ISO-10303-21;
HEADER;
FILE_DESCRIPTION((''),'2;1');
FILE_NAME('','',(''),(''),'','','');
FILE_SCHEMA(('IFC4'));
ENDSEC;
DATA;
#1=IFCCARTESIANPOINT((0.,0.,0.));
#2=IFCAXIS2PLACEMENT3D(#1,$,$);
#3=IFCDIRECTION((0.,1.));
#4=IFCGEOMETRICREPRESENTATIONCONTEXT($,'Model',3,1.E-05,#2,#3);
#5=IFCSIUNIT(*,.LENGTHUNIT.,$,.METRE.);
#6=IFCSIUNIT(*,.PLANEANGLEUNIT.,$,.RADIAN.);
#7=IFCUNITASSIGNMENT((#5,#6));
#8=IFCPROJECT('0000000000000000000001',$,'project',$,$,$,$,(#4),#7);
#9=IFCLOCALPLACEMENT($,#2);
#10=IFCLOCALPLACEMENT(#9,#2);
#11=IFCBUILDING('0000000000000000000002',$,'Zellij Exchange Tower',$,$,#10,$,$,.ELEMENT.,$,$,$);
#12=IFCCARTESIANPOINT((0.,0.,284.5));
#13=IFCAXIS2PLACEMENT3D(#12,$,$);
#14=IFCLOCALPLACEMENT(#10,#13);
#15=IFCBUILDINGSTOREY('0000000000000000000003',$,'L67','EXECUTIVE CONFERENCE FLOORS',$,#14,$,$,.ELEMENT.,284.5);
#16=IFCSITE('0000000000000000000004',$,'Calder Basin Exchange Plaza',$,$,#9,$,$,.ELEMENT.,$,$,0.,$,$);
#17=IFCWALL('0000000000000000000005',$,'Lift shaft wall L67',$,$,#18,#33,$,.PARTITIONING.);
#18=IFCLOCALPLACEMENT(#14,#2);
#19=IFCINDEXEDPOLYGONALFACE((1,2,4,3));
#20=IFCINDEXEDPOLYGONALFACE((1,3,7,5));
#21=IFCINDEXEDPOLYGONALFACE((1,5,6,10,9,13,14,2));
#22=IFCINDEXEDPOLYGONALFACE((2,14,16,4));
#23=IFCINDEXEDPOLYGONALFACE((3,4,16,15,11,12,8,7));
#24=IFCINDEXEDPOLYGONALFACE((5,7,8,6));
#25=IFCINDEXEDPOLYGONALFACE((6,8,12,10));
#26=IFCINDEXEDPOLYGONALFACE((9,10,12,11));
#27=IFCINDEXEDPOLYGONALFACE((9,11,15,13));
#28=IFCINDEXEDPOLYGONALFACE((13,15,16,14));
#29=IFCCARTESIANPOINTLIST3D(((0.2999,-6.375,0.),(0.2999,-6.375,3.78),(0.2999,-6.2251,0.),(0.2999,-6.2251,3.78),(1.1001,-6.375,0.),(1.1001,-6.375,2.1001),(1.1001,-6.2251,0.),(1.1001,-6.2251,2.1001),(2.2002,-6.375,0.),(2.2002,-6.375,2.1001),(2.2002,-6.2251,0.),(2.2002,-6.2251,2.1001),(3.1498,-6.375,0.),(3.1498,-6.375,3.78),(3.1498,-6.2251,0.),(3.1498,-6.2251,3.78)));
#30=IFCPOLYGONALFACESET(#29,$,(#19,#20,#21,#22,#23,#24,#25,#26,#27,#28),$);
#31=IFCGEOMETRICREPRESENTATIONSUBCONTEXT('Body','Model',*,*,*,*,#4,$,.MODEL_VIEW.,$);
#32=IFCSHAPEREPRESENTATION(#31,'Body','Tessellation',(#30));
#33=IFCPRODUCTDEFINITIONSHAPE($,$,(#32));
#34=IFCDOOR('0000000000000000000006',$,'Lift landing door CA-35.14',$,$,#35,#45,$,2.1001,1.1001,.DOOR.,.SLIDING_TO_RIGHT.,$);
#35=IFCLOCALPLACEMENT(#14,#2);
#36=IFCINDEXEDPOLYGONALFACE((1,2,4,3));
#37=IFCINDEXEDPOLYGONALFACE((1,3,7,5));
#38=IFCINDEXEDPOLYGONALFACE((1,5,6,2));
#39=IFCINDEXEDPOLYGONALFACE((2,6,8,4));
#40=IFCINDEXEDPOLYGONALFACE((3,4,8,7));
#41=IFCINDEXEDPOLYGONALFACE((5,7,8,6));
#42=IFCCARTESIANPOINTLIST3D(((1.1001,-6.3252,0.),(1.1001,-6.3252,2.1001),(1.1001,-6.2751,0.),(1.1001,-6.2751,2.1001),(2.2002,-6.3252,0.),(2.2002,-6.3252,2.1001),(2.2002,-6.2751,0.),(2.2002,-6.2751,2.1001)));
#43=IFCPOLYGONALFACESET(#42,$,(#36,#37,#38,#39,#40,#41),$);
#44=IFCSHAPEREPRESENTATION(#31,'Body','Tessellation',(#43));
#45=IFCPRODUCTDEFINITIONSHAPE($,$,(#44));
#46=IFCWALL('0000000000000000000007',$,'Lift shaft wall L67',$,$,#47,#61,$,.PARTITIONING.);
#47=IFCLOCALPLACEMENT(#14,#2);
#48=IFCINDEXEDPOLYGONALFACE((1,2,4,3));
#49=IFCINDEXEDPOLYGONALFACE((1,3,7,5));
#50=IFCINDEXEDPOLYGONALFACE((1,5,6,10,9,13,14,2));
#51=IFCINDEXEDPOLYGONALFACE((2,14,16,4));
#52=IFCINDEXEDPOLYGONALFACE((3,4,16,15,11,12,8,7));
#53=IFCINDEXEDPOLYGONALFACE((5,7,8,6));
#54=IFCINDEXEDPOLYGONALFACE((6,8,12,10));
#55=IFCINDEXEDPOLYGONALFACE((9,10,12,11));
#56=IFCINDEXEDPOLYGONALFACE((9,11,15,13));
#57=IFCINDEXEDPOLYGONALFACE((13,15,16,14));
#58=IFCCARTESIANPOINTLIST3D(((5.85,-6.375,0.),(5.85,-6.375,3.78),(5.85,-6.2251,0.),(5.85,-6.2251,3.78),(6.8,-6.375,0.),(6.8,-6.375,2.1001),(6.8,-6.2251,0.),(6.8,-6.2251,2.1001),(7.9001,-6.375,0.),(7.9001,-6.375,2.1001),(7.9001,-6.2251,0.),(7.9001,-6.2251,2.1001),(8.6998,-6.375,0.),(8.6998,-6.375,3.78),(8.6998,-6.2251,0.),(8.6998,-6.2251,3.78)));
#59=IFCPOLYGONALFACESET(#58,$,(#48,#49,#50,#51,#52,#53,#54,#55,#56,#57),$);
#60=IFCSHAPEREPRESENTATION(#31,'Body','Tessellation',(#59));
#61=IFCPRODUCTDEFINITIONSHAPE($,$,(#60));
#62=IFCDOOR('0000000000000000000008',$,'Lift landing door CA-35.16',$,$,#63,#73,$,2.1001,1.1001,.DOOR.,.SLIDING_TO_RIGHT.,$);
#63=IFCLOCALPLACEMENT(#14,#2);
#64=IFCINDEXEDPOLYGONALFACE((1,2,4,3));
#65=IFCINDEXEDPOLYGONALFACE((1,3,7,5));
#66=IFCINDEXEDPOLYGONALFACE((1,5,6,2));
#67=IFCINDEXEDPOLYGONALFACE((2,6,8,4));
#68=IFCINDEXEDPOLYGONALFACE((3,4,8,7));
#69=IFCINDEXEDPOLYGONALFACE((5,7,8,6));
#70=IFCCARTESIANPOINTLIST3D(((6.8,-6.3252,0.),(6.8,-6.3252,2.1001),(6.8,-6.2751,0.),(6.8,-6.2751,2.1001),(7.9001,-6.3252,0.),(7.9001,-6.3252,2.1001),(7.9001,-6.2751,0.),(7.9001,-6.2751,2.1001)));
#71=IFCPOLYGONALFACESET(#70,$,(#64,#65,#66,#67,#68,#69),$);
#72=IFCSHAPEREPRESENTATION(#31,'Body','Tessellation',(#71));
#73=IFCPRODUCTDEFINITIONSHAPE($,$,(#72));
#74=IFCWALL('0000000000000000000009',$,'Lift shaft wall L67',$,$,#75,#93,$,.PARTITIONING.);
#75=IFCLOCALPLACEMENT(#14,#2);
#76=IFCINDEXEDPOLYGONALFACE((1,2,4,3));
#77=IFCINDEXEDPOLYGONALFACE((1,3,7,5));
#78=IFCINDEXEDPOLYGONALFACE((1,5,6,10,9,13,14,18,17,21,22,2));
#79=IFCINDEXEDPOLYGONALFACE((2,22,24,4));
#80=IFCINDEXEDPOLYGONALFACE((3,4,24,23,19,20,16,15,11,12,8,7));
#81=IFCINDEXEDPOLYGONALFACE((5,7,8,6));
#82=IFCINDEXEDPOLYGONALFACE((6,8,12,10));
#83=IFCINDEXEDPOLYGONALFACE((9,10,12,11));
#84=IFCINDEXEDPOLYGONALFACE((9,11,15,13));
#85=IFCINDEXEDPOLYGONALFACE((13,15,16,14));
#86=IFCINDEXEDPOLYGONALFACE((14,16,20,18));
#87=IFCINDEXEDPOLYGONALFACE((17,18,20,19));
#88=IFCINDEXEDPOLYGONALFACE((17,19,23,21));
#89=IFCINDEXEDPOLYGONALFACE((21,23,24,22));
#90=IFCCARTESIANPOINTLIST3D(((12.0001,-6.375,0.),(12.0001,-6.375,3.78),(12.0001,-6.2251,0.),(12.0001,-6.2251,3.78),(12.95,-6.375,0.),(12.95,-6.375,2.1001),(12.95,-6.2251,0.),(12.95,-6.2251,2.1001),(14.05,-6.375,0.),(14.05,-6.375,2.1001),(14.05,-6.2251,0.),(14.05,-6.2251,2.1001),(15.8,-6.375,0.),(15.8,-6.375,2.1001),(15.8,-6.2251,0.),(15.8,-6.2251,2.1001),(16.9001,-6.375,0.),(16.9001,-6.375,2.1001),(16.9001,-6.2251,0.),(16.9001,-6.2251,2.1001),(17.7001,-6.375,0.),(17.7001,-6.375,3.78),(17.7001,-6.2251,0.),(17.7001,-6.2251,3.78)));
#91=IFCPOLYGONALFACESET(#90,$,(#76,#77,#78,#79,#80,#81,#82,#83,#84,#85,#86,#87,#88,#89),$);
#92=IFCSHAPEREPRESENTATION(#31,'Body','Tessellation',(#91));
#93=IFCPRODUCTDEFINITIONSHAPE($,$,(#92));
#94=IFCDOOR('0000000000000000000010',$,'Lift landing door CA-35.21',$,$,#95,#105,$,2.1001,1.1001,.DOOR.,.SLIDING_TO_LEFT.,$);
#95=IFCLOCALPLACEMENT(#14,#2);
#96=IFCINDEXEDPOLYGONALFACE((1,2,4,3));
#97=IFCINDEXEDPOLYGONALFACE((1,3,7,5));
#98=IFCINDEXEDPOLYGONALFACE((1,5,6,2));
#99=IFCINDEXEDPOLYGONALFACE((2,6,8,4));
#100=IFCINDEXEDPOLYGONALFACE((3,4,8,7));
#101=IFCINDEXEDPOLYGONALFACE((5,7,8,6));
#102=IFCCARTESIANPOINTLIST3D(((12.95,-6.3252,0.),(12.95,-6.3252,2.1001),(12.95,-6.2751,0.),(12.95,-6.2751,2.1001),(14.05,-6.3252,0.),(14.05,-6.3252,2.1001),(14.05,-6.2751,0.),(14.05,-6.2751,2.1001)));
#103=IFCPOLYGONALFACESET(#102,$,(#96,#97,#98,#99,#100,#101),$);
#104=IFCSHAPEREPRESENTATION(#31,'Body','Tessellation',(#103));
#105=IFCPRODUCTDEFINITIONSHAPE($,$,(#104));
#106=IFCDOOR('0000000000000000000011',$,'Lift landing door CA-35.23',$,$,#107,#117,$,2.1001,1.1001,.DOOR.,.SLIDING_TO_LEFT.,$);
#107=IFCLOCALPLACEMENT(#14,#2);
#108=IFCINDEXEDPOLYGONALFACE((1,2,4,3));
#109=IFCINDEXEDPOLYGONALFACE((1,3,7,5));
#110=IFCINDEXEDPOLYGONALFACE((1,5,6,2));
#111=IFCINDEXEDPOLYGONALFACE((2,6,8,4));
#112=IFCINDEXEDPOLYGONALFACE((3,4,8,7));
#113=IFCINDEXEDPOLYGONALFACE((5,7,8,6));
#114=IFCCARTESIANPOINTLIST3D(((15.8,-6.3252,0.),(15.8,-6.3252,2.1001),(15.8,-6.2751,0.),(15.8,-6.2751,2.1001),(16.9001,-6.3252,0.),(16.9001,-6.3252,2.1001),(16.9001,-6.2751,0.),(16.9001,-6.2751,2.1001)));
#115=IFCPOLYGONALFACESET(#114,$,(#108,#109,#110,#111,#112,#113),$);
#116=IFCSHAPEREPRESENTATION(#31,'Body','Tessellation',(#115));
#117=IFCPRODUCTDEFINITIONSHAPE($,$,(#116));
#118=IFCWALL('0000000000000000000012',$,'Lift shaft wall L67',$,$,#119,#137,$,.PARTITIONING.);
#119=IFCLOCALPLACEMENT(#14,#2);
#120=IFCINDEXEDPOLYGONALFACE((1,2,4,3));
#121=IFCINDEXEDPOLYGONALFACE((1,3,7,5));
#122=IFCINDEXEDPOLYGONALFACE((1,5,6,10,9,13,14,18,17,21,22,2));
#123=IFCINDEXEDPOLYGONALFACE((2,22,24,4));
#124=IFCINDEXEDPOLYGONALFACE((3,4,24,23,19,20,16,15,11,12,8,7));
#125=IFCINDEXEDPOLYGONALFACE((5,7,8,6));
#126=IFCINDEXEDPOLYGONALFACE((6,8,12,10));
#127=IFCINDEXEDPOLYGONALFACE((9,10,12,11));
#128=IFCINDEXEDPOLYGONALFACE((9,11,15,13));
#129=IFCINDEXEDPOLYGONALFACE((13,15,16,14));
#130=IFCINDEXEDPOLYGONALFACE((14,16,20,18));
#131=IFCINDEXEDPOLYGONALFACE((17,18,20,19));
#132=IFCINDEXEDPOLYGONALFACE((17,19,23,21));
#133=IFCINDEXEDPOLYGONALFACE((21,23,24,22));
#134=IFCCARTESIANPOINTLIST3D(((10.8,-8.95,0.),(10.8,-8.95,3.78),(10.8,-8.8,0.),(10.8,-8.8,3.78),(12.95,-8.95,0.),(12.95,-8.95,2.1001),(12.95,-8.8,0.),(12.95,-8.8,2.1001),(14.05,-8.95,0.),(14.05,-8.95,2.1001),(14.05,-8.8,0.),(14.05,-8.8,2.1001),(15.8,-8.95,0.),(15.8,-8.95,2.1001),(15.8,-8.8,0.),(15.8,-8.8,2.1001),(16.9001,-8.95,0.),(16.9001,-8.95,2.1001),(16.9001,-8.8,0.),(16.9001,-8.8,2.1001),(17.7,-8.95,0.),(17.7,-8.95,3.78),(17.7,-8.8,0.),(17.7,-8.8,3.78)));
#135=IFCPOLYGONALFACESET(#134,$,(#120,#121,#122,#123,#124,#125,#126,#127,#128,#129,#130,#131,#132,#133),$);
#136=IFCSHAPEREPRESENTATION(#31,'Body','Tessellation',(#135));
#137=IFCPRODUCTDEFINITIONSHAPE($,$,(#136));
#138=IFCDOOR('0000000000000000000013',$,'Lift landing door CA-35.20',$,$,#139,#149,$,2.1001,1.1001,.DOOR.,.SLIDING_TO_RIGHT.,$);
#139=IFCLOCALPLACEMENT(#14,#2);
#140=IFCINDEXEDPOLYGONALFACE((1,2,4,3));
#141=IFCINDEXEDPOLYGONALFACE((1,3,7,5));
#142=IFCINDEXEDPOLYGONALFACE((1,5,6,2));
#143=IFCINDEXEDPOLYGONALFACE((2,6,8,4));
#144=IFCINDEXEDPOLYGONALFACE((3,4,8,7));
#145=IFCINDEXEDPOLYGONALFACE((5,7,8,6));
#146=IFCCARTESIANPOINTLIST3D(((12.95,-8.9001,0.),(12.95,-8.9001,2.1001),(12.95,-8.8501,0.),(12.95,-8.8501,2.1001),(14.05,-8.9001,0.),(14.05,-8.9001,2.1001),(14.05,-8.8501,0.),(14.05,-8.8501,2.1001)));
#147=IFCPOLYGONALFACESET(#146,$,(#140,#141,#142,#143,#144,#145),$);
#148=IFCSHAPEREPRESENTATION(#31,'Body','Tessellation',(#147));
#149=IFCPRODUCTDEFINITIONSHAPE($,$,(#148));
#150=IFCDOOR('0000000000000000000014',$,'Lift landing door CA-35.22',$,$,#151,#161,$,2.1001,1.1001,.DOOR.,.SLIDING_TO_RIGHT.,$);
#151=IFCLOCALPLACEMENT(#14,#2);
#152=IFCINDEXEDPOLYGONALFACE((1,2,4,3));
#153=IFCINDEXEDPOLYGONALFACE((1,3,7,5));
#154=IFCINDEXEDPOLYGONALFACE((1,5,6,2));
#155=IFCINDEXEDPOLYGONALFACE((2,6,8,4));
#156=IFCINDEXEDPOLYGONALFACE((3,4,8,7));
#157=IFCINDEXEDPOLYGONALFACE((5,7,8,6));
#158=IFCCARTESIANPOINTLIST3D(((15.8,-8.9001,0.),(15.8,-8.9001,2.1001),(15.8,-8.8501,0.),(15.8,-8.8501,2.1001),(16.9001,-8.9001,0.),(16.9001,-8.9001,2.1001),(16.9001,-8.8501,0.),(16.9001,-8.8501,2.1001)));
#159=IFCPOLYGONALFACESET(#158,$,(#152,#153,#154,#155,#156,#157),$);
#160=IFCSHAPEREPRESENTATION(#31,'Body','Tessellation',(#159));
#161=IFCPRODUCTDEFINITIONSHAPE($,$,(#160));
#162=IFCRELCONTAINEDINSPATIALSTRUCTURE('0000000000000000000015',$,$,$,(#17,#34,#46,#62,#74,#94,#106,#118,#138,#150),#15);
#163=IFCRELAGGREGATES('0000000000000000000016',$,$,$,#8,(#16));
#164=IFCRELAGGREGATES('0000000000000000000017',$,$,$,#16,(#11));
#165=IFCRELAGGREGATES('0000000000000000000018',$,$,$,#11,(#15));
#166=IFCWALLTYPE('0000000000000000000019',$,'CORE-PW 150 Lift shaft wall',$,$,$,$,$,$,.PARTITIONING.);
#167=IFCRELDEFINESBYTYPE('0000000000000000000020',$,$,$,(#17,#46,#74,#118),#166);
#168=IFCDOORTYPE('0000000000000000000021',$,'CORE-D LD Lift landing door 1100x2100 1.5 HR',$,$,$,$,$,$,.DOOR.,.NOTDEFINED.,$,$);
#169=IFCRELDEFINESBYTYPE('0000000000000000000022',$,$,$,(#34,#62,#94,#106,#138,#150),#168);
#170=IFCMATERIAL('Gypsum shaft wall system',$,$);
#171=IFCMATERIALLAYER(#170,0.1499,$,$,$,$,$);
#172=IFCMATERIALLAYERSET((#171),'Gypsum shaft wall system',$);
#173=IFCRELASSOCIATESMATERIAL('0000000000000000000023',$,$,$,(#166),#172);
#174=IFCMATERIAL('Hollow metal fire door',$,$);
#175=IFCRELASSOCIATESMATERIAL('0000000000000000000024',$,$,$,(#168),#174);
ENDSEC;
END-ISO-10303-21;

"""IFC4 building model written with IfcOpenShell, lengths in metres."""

from ifc_helpers import new_model, si_unit, direction, frame, frame_2d, origin, place, context, subcontext, project, spatial, rectangle, extrude, material, layer, layer_set, type_object, element, fill, save


model = new_model("IFC4")

# Units and contexts
model_context = context("Model", 3, precision=1e-05, world=origin(), true_north=direction((0.0, 1.0)))
body_context = subcontext(model_context, "Body", "Model", "MODEL_VIEW")
ifc_project = project(units=[si_unit("LENGTHUNIT", "METRE"), si_unit("PLANEANGLEUNIT", "RADIAN")], contexts=[model_context])

# Site, building, storey
site_placement = place(None, origin())
site = spatial("IfcSite", under=ifc_project, at=site_placement, Name="Calder Basin Exchange Plaza", CompositionType="ELEMENT", RefElevation=0.0)
building_placement = place(site_placement, origin())
building = spatial("IfcBuilding", under=site, at=building_placement, Name="Zellij Exchange Tower", CompositionType="ELEMENT")
storey_placement = place(building_placement, frame((0.0, 0.0, 284.5)))
storey = spatial("IfcBuildingStorey", under=building, at=storey_placement, Name="L67", Description="EXECUTIVE CONFERENCE FLOORS", CompositionType="ELEMENT", Elevation=284.5)

# Shared definitions
ifc_material_1 = material(Name="Gypsum shaft wall system")
ifc_material_2 = material(Name="Hollow metal fire door")

# Shared definitions
ifc_layer_1 = layer(ifc_material_1, 0.1499)
ifc_layer_set_1 = layer_set([ifc_layer_1], Name="Gypsum shaft wall system")
wall_type_1 = type_object("IfcWallType", Name="CORE-PW 150 Lift shaft wall", PredefinedType="PARTITIONING", material=ifc_layer_set_1)

# Walls, openings, doors
wall_1_placement = place(storey_placement, frame((0.3, -6.3, 0.0), z_axis=(0.0, 0.0, 1.0), x_axis=(1.0, 0.0, 0.0)))
wall_1 = element("IfcWall", 1, at=wall_1_placement, inside=storey, type_object=wall_type_1, Name="Lift shaft wall L67", PredefinedType="PARTITIONING", context=body_context, shape_type="SweptSolid", body=[
    extrude(rectangle(XDim=2.8499, YDim=0.1499, at=frame_2d((1.4248, 0.0))), origin(), (0.0, 0.0, 1.0), 3.78),
])
opening_1_placement = place(wall_1_placement, frame((0.8, 0.0, 0.0)))
opening_1 = element("IfcOpeningElement", 2, at=opening_1_placement, cuts=wall_1, PredefinedType="OPENING", context=body_context, shape_type="SweptSolid", body=[
    extrude(rectangle(XDim=1.1001, YDim=2.1001, at=frame_2d((0.55, 1.05))), frame((0.0, 0.0869, 0.0), z_axis=(0.0, -1.0, 0.0), x_axis=(1.0, 0.0, 0.0)), (0.0, 0.0, 1.0), 0.1738),
])
door_type_1 = type_object("IfcDoorType", Name="CORE-D LD Lift landing door 1100x2100 1.5 HR", OperationType="NOTDEFINED", PredefinedType="DOOR", material=ifc_material_2)
door_1_placement = place(opening_1_placement, origin())
door_1 = element("IfcDoor", 3, at=door_1_placement, inside=storey, type_object=door_type_1, Name="Lift landing door CA-35.14", OperationType="SLIDING_TO_RIGHT", OverallHeight=2.1001, OverallWidth=1.1001, PredefinedType="DOOR", context=body_context, shape_type="SweptSolid", body=[
    extrude(rectangle(XDim=1.1001, YDim=2.1001, at=frame_2d((0.55, 1.05))), frame((0.0, 0.0249, 0.0), z_axis=(0.0, -1.0, 0.0), x_axis=(1.0, 0.0, 0.0)), (0.0, 0.0, 1.0), 0.05),
])
fill(opening_1, door_1)
wall_2_placement = place(storey_placement, frame((5.8501, -6.3, 0.0), z_axis=(0.0, 0.0, 1.0), x_axis=(1.0, 0.0, 0.0)))
wall_2 = element("IfcWall", 4, at=wall_2_placement, inside=storey, type_object=wall_type_1, Name="Lift shaft wall L67", PredefinedType="PARTITIONING", context=body_context, shape_type="SweptSolid", body=[
    extrude(rectangle(XDim=2.8499, YDim=0.1499, at=frame_2d((1.4248, 0.0))), origin(), (0.0, 0.0, 1.0), 3.78),
])
opening_2_placement = place(wall_2_placement, frame((0.95, 0.0, 0.0)))
opening_2 = element("IfcOpeningElement", 5, at=opening_2_placement, cuts=wall_2, PredefinedType="OPENING", context=body_context, shape_type="SweptSolid", body=[
    extrude(rectangle(XDim=1.1001, YDim=2.1001, at=frame_2d((0.55, 1.05))), frame((0.0, 0.0869, 0.0), z_axis=(0.0, -1.0, 0.0), x_axis=(1.0, 0.0, 0.0)), (0.0, 0.0, 1.0), 0.1738),
])
door_2_placement = place(opening_2_placement, origin())
door_2 = element("IfcDoor", 6, at=door_2_placement, inside=storey, type_object=door_type_1, Name="Lift landing door CA-35.16", OperationType="SLIDING_TO_RIGHT", OverallHeight=2.1001, OverallWidth=1.1001, PredefinedType="DOOR", context=body_context, shape_type="SweptSolid", body=[
    extrude(rectangle(XDim=1.1001, YDim=2.1001, at=frame_2d((0.55, 1.05))), frame((0.0, 0.0249, 0.0), z_axis=(0.0, -1.0, 0.0), x_axis=(1.0, 0.0, 0.0)), (0.0, 0.0, 1.0), 0.05),
])
fill(opening_2, door_2)

# Walls, openings, doors
wall_3_placement = place(storey_placement, frame((12.0, -6.3, 0.0), z_axis=(0.0, 0.0, 1.0), x_axis=(1.0, 0.0, 0.0)))
wall_3 = element("IfcWall", 7, at=wall_3_placement, inside=storey, type_object=wall_type_1, Name="Lift shaft wall L67", PredefinedType="PARTITIONING", context=body_context, shape_type="SweptSolid", body=[
    extrude(rectangle(XDim=5.7, YDim=0.1499, at=frame_2d((2.8501, 0.0))), origin(), (0.0, 0.0, 1.0), 3.78),
])
opening_3_placement = place(wall_3_placement, frame((0.95, 0.0, 0.0)))
opening_3 = element("IfcOpeningElement", 8, at=opening_3_placement, cuts=wall_3, PredefinedType="OPENING", context=body_context, shape_type="SweptSolid", body=[
    extrude(rectangle(XDim=1.1001, YDim=2.1001, at=frame_2d((0.55, 1.05))), frame((0.0, 0.0869, 0.0), z_axis=(0.0, -1.0, 0.0), x_axis=(1.0, 0.0, 0.0)), (0.0, 0.0, 1.0), 0.1738),
])
opening_4_placement = place(wall_3_placement, frame((3.8, 0.0, 0.0)))
opening_4 = element("IfcOpeningElement", 9, at=opening_4_placement, cuts=wall_3, PredefinedType="OPENING", context=body_context, shape_type="SweptSolid", body=[
    extrude(rectangle(XDim=1.1001, YDim=2.1001, at=frame_2d((0.55, 1.05))), frame((0.0, 0.0869, 0.0), z_axis=(0.0, -1.0, 0.0), x_axis=(1.0, 0.0, 0.0)), (0.0, 0.0, 1.0), 0.1738),
])
door_3_placement = place(opening_3_placement, origin())
door_3 = element("IfcDoor", 10, at=door_3_placement, inside=storey, type_object=door_type_1, Name="Lift landing door CA-35.21", OperationType="SLIDING_TO_LEFT", OverallHeight=2.1001, OverallWidth=1.1001, PredefinedType="DOOR", context=body_context, shape_type="SweptSolid", body=[
    extrude(rectangle(XDim=1.1001, YDim=2.1001, at=frame_2d((0.55, 1.05))), frame((0.0, 0.0249, 0.0), z_axis=(0.0, -1.0, 0.0), x_axis=(1.0, 0.0, 0.0)), (0.0, 0.0, 1.0), 0.05),
])
fill(opening_3, door_3)
door_4_placement = place(opening_4_placement, origin())
door_4 = element("IfcDoor", 11, at=door_4_placement, inside=storey, type_object=door_type_1, Name="Lift landing door CA-35.23", OperationType="SLIDING_TO_LEFT", OverallHeight=2.1001, OverallWidth=1.1001, PredefinedType="DOOR", context=body_context, shape_type="SweptSolid", body=[
    extrude(rectangle(XDim=1.1001, YDim=2.1001, at=frame_2d((0.55, 1.05))), frame((0.0, 0.0249, 0.0), z_axis=(0.0, -1.0, 0.0), x_axis=(1.0, 0.0, 0.0)), (0.0, 0.0, 1.0), 0.05),
])
fill(opening_4, door_4)
wall_4_placement = place(storey_placement, frame((10.8, -8.875, 0.0), z_axis=(0.0, 0.0, 1.0), x_axis=(1.0, 0.0, 0.0)))
wall_4 = element("IfcWall", 12, at=wall_4_placement, inside=storey, type_object=wall_type_1, Name="Lift shaft wall L67", PredefinedType="PARTITIONING", context=body_context, shape_type="SweptSolid", body=[
    extrude(rectangle(XDim=6.8999, YDim=0.1499, at=frame_2d((3.45, 0.0))), origin(), (0.0, 0.0, 1.0), 3.78),
])
opening_5_placement = place(wall_4_placement, frame((2.1499, 0.0, 0.0)))
opening_5 = element("IfcOpeningElement", 13, at=opening_5_placement, cuts=wall_4, PredefinedType="OPENING", context=body_context, shape_type="SweptSolid", body=[
    extrude(rectangle(XDim=1.1001, YDim=2.1001, at=frame_2d((0.55, 1.05))), frame((0.0, 0.0869, 0.0), z_axis=(0.0, -1.0, 0.0), x_axis=(1.0, 0.0, 0.0)), (0.0, 0.0, 1.0), 0.1738),
])
opening_6_placement = place(wall_4_placement, frame((5.0, 0.0, 0.0)))
opening_6 = element("IfcOpeningElement", 14, at=opening_6_placement, cuts=wall_4, PredefinedType="OPENING", context=body_context, shape_type="SweptSolid", body=[
    extrude(rectangle(XDim=1.1001, YDim=2.1001, at=frame_2d((0.55, 1.05))), frame((0.0, 0.0869, 0.0), z_axis=(0.0, -1.0, 0.0), x_axis=(1.0, 0.0, 0.0)), (0.0, 0.0, 1.0), 0.1738),
])
door_5_placement = place(opening_5_placement, origin())
door_5 = element("IfcDoor", 15, at=door_5_placement, inside=storey, type_object=door_type_1, Name="Lift landing door CA-35.20", OperationType="SLIDING_TO_RIGHT", OverallHeight=2.1001, OverallWidth=1.1001, PredefinedType="DOOR", context=body_context, shape_type="SweptSolid", body=[
    extrude(rectangle(XDim=1.1001, YDim=2.1001, at=frame_2d((0.55, 1.05))), frame((0.0, 0.0249, 0.0), z_axis=(0.0, -1.0, 0.0), x_axis=(1.0, 0.0, 0.0)), (0.0, 0.0, 1.0), 0.05),
])
fill(opening_5, door_5)
door_6_placement = place(opening_6_placement, origin())
door_6 = element("IfcDoor", 16, at=door_6_placement, inside=storey, type_object=door_type_1, Name="Lift landing door CA-35.22", OperationType="SLIDING_TO_RIGHT", OverallHeight=2.1001, OverallWidth=1.1001, PredefinedType="DOOR", context=body_context, shape_type="SweptSolid", body=[
    extrude(rectangle(XDim=1.1001, YDim=2.1001, at=frame_2d((0.55, 1.05))), frame((0.0, 0.0249, 0.0), z_axis=(0.0, -1.0, 0.0), x_axis=(1.0, 0.0, 0.0)), (0.0, 0.0, 1.0), 0.05),
])
fill(opening_6, door_6)

save(model, "model.ifc")
